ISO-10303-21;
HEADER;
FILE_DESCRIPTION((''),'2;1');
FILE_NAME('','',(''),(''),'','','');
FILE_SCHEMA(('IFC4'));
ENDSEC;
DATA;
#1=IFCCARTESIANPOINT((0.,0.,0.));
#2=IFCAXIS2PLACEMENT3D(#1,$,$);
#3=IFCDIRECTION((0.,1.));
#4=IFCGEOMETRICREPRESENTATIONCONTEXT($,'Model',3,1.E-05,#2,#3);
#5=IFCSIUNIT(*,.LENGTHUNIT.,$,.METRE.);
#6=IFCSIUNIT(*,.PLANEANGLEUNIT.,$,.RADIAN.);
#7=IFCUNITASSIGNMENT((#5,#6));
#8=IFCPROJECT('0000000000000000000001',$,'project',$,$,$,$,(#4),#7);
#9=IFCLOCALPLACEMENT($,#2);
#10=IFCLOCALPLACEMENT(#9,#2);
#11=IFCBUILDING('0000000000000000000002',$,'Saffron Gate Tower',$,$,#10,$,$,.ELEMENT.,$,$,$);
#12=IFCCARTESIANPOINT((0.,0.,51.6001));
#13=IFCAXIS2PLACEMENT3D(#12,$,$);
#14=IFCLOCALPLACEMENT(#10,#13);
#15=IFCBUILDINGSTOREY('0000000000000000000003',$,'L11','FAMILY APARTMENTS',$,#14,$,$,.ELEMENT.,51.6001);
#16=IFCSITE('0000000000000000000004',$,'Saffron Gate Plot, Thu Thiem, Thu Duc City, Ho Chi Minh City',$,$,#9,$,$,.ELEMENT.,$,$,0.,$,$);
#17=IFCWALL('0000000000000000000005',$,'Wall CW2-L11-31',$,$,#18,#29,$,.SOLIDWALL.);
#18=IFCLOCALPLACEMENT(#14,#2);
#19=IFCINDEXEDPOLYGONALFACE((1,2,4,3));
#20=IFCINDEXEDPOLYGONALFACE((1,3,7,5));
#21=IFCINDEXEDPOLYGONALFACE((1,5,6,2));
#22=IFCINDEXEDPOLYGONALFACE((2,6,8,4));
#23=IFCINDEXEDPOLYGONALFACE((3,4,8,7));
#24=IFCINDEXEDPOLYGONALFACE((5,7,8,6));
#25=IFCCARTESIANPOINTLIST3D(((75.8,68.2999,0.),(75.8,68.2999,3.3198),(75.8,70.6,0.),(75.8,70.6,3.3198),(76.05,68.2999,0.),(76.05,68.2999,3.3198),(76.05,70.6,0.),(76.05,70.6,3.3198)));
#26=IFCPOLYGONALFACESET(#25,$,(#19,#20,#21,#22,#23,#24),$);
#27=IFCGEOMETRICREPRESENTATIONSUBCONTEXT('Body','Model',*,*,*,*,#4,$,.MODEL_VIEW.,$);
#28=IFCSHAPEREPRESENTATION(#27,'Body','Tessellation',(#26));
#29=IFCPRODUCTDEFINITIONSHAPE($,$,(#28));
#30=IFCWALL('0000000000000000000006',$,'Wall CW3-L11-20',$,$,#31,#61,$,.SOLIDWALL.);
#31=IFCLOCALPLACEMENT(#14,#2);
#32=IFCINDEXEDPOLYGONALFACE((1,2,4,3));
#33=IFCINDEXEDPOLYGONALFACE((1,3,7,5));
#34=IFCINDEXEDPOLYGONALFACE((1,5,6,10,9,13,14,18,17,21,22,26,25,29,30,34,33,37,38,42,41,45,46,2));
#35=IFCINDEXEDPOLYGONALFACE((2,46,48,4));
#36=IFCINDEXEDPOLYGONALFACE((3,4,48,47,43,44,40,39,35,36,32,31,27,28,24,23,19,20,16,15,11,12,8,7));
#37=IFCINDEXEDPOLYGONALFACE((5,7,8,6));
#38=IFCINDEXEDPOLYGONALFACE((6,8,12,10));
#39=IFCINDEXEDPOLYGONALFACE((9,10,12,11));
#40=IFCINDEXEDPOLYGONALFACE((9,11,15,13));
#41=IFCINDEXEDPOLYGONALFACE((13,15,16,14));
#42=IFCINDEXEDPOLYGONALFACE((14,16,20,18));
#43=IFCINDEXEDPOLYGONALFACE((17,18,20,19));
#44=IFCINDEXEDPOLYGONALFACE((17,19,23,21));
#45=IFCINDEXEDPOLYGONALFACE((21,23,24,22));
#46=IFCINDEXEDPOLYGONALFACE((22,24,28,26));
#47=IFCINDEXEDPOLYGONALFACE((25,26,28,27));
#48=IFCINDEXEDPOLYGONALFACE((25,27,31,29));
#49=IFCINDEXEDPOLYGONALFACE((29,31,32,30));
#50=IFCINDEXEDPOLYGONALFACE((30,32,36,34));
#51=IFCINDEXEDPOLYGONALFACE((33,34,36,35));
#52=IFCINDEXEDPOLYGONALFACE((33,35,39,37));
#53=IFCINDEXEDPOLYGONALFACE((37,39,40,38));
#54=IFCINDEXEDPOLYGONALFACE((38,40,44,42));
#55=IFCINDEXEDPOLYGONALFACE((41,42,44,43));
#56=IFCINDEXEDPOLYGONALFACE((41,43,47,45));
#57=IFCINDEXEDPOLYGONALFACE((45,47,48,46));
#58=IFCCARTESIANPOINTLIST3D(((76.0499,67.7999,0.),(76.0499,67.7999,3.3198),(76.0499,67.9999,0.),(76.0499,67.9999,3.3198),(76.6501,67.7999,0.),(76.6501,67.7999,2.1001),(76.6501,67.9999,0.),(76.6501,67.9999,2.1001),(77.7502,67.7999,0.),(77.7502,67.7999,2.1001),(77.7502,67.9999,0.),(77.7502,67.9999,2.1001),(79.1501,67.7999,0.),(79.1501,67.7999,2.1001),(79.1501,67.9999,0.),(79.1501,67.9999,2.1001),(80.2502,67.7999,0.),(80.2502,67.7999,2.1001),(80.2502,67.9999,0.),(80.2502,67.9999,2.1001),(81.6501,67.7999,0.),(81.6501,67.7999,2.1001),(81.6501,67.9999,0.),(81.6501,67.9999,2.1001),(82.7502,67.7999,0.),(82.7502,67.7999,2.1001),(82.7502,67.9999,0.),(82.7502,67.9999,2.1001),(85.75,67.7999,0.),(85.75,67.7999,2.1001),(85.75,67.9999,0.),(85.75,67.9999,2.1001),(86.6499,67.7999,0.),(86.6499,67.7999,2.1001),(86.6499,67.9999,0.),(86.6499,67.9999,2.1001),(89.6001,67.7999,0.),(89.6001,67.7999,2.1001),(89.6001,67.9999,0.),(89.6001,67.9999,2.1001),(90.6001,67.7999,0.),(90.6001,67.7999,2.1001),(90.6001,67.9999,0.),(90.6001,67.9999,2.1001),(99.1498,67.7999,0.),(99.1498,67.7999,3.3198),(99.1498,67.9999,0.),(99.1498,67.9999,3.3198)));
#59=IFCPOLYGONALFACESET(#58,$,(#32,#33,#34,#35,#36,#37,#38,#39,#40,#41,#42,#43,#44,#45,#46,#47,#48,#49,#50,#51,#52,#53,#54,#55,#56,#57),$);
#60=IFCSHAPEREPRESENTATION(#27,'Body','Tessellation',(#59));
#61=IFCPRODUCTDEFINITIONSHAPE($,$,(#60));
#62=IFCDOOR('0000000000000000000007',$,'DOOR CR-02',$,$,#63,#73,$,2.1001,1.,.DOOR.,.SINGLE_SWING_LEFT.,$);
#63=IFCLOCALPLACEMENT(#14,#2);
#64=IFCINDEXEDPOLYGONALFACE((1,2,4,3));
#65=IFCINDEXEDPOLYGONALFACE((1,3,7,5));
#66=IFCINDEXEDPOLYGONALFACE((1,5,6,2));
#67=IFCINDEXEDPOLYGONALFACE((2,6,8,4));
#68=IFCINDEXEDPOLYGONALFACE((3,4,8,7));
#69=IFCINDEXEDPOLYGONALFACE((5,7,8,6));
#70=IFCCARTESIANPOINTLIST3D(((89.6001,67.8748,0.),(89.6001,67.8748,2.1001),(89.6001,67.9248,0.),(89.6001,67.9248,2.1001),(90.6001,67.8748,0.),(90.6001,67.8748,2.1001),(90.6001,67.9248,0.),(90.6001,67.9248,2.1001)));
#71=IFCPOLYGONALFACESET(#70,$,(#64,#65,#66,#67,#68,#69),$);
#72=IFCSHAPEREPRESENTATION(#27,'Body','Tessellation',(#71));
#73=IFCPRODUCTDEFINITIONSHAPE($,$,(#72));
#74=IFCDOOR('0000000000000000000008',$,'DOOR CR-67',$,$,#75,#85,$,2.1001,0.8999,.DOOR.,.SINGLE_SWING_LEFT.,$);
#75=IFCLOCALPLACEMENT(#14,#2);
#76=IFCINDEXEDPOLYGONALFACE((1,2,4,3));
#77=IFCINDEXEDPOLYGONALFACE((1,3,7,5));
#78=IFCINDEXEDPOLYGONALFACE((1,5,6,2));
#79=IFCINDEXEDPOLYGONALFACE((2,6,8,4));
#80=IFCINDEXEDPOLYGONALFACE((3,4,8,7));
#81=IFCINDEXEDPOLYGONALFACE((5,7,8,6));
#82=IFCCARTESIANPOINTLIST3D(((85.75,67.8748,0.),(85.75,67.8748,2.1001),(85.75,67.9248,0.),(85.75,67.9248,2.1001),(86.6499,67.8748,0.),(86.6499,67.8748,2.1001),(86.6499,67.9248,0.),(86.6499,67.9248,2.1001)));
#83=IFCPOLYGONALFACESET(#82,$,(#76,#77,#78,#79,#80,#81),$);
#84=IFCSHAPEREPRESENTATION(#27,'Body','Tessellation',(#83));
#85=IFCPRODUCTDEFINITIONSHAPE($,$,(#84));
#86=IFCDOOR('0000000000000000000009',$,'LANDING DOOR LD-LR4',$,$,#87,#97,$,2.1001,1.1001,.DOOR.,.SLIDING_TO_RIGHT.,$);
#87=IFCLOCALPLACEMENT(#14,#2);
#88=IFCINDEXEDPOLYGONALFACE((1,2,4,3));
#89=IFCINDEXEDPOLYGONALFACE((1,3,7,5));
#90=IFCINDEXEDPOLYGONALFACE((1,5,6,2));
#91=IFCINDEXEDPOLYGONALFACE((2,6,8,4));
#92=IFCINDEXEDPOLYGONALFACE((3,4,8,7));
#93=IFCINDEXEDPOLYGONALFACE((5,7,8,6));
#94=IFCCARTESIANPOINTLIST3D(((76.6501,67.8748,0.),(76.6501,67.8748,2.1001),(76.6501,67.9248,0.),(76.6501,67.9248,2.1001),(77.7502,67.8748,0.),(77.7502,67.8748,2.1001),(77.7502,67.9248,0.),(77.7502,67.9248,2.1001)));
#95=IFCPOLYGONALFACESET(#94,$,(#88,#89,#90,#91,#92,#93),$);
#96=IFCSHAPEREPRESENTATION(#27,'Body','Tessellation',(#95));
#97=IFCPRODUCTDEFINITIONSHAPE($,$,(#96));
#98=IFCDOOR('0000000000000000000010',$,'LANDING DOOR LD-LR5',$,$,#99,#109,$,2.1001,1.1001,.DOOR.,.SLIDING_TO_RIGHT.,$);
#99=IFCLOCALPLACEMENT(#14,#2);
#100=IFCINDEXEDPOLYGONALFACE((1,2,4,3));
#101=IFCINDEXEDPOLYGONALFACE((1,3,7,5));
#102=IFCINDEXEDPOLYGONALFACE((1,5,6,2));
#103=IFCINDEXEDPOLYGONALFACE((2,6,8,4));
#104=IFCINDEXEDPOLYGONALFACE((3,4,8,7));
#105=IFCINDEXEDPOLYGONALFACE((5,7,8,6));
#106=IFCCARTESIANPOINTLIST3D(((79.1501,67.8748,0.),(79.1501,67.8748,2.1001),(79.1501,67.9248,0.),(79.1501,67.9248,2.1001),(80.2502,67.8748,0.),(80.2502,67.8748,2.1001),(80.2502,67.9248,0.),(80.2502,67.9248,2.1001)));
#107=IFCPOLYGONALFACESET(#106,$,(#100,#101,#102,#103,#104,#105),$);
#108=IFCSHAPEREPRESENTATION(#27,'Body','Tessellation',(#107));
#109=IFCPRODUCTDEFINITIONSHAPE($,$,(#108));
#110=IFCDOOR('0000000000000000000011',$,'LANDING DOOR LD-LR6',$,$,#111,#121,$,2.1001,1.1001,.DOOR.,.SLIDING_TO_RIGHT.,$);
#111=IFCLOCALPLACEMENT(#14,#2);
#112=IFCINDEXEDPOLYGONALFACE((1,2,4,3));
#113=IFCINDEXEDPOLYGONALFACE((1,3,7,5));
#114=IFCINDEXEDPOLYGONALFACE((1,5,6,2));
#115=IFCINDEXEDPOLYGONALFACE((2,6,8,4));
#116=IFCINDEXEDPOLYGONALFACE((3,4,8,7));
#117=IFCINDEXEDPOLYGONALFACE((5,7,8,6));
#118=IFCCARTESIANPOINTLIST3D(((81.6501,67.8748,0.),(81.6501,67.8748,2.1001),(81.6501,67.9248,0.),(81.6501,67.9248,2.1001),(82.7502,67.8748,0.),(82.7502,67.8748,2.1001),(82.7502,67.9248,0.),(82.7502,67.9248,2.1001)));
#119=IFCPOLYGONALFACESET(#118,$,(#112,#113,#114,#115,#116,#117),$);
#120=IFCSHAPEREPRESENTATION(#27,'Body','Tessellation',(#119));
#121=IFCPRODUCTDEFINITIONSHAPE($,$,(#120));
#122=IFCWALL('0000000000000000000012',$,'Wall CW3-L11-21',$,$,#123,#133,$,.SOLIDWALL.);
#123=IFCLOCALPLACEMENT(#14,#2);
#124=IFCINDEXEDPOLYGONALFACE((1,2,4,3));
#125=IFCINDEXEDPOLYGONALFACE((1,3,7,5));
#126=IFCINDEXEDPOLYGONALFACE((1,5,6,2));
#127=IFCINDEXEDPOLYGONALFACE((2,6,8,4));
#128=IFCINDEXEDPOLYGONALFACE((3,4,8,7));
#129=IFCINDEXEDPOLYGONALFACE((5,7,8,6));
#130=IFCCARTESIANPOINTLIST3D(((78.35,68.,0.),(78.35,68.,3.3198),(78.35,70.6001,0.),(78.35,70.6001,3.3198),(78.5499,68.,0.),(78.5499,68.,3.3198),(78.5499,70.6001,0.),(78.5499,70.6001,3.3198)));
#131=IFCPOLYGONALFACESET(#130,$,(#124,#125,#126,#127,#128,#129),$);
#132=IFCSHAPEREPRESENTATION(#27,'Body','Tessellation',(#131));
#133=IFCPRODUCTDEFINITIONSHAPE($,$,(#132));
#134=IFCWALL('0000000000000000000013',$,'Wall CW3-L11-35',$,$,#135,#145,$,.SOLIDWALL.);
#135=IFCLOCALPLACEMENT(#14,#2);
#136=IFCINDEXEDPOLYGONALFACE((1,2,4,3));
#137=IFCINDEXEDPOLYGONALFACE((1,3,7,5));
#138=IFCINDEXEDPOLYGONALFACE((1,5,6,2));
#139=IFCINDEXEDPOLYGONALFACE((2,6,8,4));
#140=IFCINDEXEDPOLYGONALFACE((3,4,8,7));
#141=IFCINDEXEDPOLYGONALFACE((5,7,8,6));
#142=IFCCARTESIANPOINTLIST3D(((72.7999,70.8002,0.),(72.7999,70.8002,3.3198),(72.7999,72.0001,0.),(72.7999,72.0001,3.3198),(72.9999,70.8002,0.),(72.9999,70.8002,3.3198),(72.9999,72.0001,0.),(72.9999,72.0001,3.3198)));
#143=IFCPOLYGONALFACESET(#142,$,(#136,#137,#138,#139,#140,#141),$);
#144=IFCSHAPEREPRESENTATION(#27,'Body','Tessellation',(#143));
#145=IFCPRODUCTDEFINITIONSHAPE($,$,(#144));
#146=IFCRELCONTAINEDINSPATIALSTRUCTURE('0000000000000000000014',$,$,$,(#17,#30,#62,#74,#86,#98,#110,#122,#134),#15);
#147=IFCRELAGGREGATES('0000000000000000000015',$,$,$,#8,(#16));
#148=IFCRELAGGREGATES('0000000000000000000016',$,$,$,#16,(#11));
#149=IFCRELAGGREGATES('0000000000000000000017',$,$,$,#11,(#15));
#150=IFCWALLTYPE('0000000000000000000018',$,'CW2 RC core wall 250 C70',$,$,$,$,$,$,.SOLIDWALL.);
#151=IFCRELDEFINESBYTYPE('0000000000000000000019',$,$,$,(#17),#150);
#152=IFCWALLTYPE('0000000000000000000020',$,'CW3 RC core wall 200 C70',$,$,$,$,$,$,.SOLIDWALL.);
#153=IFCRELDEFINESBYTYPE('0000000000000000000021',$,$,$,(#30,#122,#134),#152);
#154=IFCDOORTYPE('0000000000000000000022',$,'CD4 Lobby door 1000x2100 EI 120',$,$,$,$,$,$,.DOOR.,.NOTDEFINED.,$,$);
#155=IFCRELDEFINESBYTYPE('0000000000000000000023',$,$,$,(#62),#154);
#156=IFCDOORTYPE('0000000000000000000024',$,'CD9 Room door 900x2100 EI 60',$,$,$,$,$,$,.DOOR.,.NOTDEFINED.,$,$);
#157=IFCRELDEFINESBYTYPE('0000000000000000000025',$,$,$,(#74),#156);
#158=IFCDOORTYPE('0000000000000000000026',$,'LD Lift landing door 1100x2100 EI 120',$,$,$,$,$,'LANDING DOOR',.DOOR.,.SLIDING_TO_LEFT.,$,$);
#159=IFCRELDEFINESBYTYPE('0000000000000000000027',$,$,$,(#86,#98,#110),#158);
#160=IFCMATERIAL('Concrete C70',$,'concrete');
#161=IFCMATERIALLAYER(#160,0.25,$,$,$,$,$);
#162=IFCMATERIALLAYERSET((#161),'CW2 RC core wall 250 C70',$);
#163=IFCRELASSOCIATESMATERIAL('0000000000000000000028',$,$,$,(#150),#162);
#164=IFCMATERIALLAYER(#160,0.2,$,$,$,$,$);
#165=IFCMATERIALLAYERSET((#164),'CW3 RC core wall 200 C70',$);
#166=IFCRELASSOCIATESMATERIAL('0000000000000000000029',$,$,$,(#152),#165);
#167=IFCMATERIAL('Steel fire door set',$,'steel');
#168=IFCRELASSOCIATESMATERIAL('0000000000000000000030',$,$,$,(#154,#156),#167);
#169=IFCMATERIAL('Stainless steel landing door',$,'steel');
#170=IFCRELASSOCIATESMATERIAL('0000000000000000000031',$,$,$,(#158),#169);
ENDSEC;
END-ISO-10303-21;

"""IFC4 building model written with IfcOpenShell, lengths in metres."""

from ifc_helpers import new_model, si_unit, direction, frame, frame_2d, origin, place, context, subcontext, project, spatial, rectangle, extrude, material, layer, layer_set, type_object, element, fill, save


model = new_model("IFC4")

# Units and contexts
model_context = context("Model", 3, precision=1e-05, world=origin(), true_north=direction((0.0, 1.0)))
body_context = subcontext(model_context, "Body", "Model", "MODEL_VIEW")
ifc_project = project(units=[si_unit("LENGTHUNIT", "METRE"), si_unit("PLANEANGLEUNIT", "RADIAN")], contexts=[model_context])

# Site, building, storey
site_placement = place(None, origin())
site = spatial("IfcSite", under=ifc_project, at=site_placement, Name="Saffron Gate Plot, Thu Thiem, Thu Duc City, Ho Chi Minh City", CompositionType="ELEMENT", RefElevation=0.0)
building_placement = place(site_placement, origin())
building = spatial("IfcBuilding", under=site, at=building_placement, Name="Saffron Gate Tower", CompositionType="ELEMENT")
storey_placement = place(building_placement, frame((0.0, 0.0, 51.6001)))
storey = spatial("IfcBuildingStorey", under=building, at=storey_placement, Name="L11", Description="FAMILY APARTMENTS", CompositionType="ELEMENT", Elevation=51.6001)

# Wall
ifc_material_1 = material(Name="Concrete C70", Category="concrete")
ifc_layer_1 = layer(ifc_material_1, 0.25)
ifc_layer_set_1 = layer_set([ifc_layer_1], Name="CW2 RC core wall 250 C70")
wall_type_1 = type_object("IfcWallType", Name="CW2 RC core wall 250 C70", PredefinedType="SOLIDWALL", material=ifc_layer_set_1)
wall_1_placement = place(storey_placement, frame((75.925, 68.3, 0.0), z_axis=(0.0, 0.0, 1.0), x_axis=(0.0, 1.0, 0.0)))
element("IfcWall", 1, at=wall_1_placement, inside=storey, type_object=wall_type_1, Name="Wall CW2-L11-31", PredefinedType="SOLIDWALL", context=body_context, shape_type="SweptSolid", body=[
    extrude(rectangle(XDim=2.3, YDim=0.25, at=frame_2d((1.1499, 0.0))), origin(), (0.0, 0.0, 1.0), 3.3198),
])

# Wall, openings, doors
ifc_layer_2 = layer(ifc_material_1, 0.2)
ifc_layer_set_2 = layer_set([ifc_layer_2], Name="CW3 RC core wall 200 C70")
wall_type_2 = type_object("IfcWallType", Name="CW3 RC core wall 200 C70", PredefinedType="SOLIDWALL", material=ifc_layer_set_2)
wall_2_placement = place(storey_placement, frame((76.05, 67.8999, 0.0), z_axis=(0.0, 0.0, 1.0), x_axis=(1.0, 0.0, 0.0)))
wall_2 = element("IfcWall", 2, at=wall_2_placement, inside=storey, type_object=wall_type_2, Name="Wall CW3-L11-20", PredefinedType="SOLIDWALL", context=body_context, shape_type="SweptSolid", body=[
    extrude(rectangle(XDim=23.0999, YDim=0.2, at=frame_2d((11.5498, 0.0))), origin(), (0.0, 0.0, 1.0), 3.3198),
])
opening_1_placement = place(wall_2_placement, frame((0.6001, 0.0, 0.0)))
opening_1 = element("IfcOpeningElement", 3, at=opening_1_placement, cuts=wall_2, PredefinedType="OPENING", context=body_context, shape_type="SweptSolid", body=[
    extrude(rectangle(XDim=1.1001, YDim=2.1001, at=frame_2d((0.55, 1.05))), frame((0.0, 0.1099, 0.0), z_axis=(0.0, -1.0, 0.0), x_axis=(1.0, 0.0, 0.0)), (0.0, 0.0, 1.0), 0.22),
])
opening_2_placement = place(wall_2_placement, frame((3.1001, 0.0, 0.0)))
opening_2 = element("IfcOpeningElement", 4, at=opening_2_placement, cuts=wall_2, PredefinedType="OPENING", context=body_context, shape_type="SweptSolid", body=[
    extrude(rectangle(XDim=1.1001, YDim=2.1001, at=frame_2d((0.55, 1.05))), frame((0.0, 0.1099, 0.0), z_axis=(0.0, -1.0, 0.0), x_axis=(1.0, 0.0, 0.0)), (0.0, 0.0, 1.0), 0.22),
])
opening_3_placement = place(wall_2_placement, frame((5.6001, 0.0, 0.0)))
opening_3 = element("IfcOpeningElement", 5, at=opening_3_placement, cuts=wall_2, PredefinedType="OPENING", context=body_context, shape_type="SweptSolid", body=[
    extrude(rectangle(XDim=1.1001, YDim=2.1001, at=frame_2d((0.55, 1.05))), frame((0.0, 0.1099, 0.0), z_axis=(0.0, -1.0, 0.0), x_axis=(1.0, 0.0, 0.0)), (0.0, 0.0, 1.0), 0.22),
])
opening_4_placement = place(wall_2_placement, frame((9.7, 0.0, 0.0)))
opening_4 = element("IfcOpeningElement", 6, at=opening_4_placement, cuts=wall_2, PredefinedType="OPENING", context=body_context, shape_type="SweptSolid", body=[
    extrude(rectangle(XDim=0.8999, YDim=2.1001, at=frame_2d((0.45, 1.05))), frame((0.0, 0.1099, 0.0), z_axis=(0.0, -1.0, 0.0), x_axis=(1.0, 0.0, 0.0)), (0.0, 0.0, 1.0), 0.22),
])
opening_5_placement = place(wall_2_placement, frame((13.55, 0.0, 0.0)))
opening_5 = element("IfcOpeningElement", 7, at=opening_5_placement, cuts=wall_2, PredefinedType="OPENING", context=body_context, shape_type="SweptSolid", body=[
    extrude(rectangle(XDim=1.0, YDim=2.1001, at=frame_2d((0.5, 1.05))), frame((0.0, 0.1099, 0.0), z_axis=(0.0, -1.0, 0.0), x_axis=(1.0, 0.0, 0.0)), (0.0, 0.0, 1.0), 0.22),
])
ifc_material_2 = material(Name="Steel fire door set", Category="steel")
door_type_1 = type_object("IfcDoorType", Name="CD4 Lobby door 1000x2100 EI 120", OperationType="NOTDEFINED", PredefinedType="DOOR", material=ifc_material_2)
door_1_placement = place(opening_5_placement, origin())
door_1 = element("IfcDoor", 8, at=door_1_placement, inside=storey, type_object=door_type_1, Name="DOOR CR-02", OperationType="SINGLE_SWING_LEFT", OverallHeight=2.1001, OverallWidth=1.0, PredefinedType="DOOR", context=body_context, shape_type="SweptSolid", body=[
    extrude(rectangle(XDim=1.0, YDim=2.1001, at=frame_2d((0.5, 1.05))), frame((0.0, 0.0249, 0.0), z_axis=(0.0, -1.0, 0.0), x_axis=(1.0, 0.0, 0.0)), (0.0, 0.0, 1.0), 0.05),
])
fill(opening_5, door_1)
door_type_2 = type_object("IfcDoorType", Name="CD9 Room door 900x2100 EI 60", OperationType="NOTDEFINED", PredefinedType="DOOR", material=ifc_material_2)
door_2_placement = place(opening_4_placement, origin())
door_2 = element("IfcDoor", 9, at=door_2_placement, inside=storey, type_object=door_type_2, Name="DOOR CR-67", OperationType="SINGLE_SWING_LEFT", OverallHeight=2.1001, OverallWidth=0.8999, PredefinedType="DOOR", context=body_context, shape_type="SweptSolid", body=[
    extrude(rectangle(XDim=0.8999, YDim=2.1001, at=frame_2d((0.45, 1.05))), frame((0.0, 0.0249, 0.0), z_axis=(0.0, -1.0, 0.0), x_axis=(1.0, 0.0, 0.0)), (0.0, 0.0, 1.0), 0.05),
])
fill(opening_4, door_2)
ifc_material_3 = material(Name="Stainless steel landing door", Category="steel")
door_type_3 = type_object("IfcDoorType", Name="LD Lift landing door 1100x2100 EI 120", ElementType="LANDING DOOR", OperationType="SLIDING_TO_LEFT", PredefinedType="DOOR", material=ifc_material_3)
door_3_placement = place(opening_1_placement, origin())
door_3 = element("IfcDoor", 10, at=door_3_placement, inside=storey, type_object=door_type_3, Name="LANDING DOOR LD-LR4", OperationType="SLIDING_TO_RIGHT", OverallHeight=2.1001, OverallWidth=1.1001, PredefinedType="DOOR", context=body_context, shape_type="SweptSolid", body=[
    extrude(rectangle(XDim=1.1001, YDim=2.1001, at=frame_2d((0.55, 1.05))), frame((0.0, 0.0249, 0.0), z_axis=(0.0, -1.0, 0.0), x_axis=(1.0, 0.0, 0.0)), (0.0, 0.0, 1.0), 0.05),
])
fill(opening_1, door_3)
door_4_placement = place(opening_2_placement, origin())
door_4 = element("IfcDoor", 11, at=door_4_placement, inside=storey, type_object=door_type_3, Name="LANDING DOOR LD-LR5", OperationType="SLIDING_TO_RIGHT", OverallHeight=2.1001, OverallWidth=1.1001, PredefinedType="DOOR", context=body_context, shape_type="SweptSolid", body=[
    extrude(rectangle(XDim=1.1001, YDim=2.1001, at=frame_2d((0.55, 1.05))), frame((0.0, 0.0249, 0.0), z_axis=(0.0, -1.0, 0.0), x_axis=(1.0, 0.0, 0.0)), (0.0, 0.0, 1.0), 0.05),
])
fill(opening_2, door_4)
door_5_placement = place(opening_3_placement, origin())
door_5 = element("IfcDoor", 12, at=door_5_placement, inside=storey, type_object=door_type_3, Name="LANDING DOOR LD-LR6", OperationType="SLIDING_TO_RIGHT", OverallHeight=2.1001, OverallWidth=1.1001, PredefinedType="DOOR", context=body_context, shape_type="SweptSolid", body=[
    extrude(rectangle(XDim=1.1001, YDim=2.1001, at=frame_2d((0.55, 1.05))), frame((0.0, 0.0249, 0.0), z_axis=(0.0, -1.0, 0.0), x_axis=(1.0, 0.0, 0.0)), (0.0, 0.0, 1.0), 0.05),
])
fill(opening_3, door_5)

# Walls
wall_3_placement = place(storey_placement, frame((78.45, 68.0, 0.0), z_axis=(0.0, 0.0, 1.0), x_axis=(0.0, 1.0, 0.0)))
element("IfcWall", 13, at=wall_3_placement, inside=storey, type_object=wall_type_2, Name="Wall CW3-L11-21", PredefinedType="SOLIDWALL", context=body_context, shape_type="SweptSolid", body=[
    extrude(rectangle(XDim=2.6001, YDim=0.2, at=frame_2d((1.3, 0.0))), origin(), (0.0, 0.0, 1.0), 3.3198),
])
wall_4_placement = place(storey_placement, frame((72.8999, 70.8, 0.0), z_axis=(0.0, 0.0, 1.0), x_axis=(0.0, 1.0, 0.0)))
element("IfcWall", 14, at=wall_4_placement, inside=storey, type_object=wall_type_2, Name="Wall CW3-L11-35", PredefinedType="SOLIDWALL", context=body_context, shape_type="SweptSolid", body=[
    extrude(rectangle(XDim=1.2, YDim=0.2, at=frame_2d((0.6001, 0.0))), origin(), (0.0, 0.0, 1.0), 3.3198),
])

save(model, "model.ifc")
